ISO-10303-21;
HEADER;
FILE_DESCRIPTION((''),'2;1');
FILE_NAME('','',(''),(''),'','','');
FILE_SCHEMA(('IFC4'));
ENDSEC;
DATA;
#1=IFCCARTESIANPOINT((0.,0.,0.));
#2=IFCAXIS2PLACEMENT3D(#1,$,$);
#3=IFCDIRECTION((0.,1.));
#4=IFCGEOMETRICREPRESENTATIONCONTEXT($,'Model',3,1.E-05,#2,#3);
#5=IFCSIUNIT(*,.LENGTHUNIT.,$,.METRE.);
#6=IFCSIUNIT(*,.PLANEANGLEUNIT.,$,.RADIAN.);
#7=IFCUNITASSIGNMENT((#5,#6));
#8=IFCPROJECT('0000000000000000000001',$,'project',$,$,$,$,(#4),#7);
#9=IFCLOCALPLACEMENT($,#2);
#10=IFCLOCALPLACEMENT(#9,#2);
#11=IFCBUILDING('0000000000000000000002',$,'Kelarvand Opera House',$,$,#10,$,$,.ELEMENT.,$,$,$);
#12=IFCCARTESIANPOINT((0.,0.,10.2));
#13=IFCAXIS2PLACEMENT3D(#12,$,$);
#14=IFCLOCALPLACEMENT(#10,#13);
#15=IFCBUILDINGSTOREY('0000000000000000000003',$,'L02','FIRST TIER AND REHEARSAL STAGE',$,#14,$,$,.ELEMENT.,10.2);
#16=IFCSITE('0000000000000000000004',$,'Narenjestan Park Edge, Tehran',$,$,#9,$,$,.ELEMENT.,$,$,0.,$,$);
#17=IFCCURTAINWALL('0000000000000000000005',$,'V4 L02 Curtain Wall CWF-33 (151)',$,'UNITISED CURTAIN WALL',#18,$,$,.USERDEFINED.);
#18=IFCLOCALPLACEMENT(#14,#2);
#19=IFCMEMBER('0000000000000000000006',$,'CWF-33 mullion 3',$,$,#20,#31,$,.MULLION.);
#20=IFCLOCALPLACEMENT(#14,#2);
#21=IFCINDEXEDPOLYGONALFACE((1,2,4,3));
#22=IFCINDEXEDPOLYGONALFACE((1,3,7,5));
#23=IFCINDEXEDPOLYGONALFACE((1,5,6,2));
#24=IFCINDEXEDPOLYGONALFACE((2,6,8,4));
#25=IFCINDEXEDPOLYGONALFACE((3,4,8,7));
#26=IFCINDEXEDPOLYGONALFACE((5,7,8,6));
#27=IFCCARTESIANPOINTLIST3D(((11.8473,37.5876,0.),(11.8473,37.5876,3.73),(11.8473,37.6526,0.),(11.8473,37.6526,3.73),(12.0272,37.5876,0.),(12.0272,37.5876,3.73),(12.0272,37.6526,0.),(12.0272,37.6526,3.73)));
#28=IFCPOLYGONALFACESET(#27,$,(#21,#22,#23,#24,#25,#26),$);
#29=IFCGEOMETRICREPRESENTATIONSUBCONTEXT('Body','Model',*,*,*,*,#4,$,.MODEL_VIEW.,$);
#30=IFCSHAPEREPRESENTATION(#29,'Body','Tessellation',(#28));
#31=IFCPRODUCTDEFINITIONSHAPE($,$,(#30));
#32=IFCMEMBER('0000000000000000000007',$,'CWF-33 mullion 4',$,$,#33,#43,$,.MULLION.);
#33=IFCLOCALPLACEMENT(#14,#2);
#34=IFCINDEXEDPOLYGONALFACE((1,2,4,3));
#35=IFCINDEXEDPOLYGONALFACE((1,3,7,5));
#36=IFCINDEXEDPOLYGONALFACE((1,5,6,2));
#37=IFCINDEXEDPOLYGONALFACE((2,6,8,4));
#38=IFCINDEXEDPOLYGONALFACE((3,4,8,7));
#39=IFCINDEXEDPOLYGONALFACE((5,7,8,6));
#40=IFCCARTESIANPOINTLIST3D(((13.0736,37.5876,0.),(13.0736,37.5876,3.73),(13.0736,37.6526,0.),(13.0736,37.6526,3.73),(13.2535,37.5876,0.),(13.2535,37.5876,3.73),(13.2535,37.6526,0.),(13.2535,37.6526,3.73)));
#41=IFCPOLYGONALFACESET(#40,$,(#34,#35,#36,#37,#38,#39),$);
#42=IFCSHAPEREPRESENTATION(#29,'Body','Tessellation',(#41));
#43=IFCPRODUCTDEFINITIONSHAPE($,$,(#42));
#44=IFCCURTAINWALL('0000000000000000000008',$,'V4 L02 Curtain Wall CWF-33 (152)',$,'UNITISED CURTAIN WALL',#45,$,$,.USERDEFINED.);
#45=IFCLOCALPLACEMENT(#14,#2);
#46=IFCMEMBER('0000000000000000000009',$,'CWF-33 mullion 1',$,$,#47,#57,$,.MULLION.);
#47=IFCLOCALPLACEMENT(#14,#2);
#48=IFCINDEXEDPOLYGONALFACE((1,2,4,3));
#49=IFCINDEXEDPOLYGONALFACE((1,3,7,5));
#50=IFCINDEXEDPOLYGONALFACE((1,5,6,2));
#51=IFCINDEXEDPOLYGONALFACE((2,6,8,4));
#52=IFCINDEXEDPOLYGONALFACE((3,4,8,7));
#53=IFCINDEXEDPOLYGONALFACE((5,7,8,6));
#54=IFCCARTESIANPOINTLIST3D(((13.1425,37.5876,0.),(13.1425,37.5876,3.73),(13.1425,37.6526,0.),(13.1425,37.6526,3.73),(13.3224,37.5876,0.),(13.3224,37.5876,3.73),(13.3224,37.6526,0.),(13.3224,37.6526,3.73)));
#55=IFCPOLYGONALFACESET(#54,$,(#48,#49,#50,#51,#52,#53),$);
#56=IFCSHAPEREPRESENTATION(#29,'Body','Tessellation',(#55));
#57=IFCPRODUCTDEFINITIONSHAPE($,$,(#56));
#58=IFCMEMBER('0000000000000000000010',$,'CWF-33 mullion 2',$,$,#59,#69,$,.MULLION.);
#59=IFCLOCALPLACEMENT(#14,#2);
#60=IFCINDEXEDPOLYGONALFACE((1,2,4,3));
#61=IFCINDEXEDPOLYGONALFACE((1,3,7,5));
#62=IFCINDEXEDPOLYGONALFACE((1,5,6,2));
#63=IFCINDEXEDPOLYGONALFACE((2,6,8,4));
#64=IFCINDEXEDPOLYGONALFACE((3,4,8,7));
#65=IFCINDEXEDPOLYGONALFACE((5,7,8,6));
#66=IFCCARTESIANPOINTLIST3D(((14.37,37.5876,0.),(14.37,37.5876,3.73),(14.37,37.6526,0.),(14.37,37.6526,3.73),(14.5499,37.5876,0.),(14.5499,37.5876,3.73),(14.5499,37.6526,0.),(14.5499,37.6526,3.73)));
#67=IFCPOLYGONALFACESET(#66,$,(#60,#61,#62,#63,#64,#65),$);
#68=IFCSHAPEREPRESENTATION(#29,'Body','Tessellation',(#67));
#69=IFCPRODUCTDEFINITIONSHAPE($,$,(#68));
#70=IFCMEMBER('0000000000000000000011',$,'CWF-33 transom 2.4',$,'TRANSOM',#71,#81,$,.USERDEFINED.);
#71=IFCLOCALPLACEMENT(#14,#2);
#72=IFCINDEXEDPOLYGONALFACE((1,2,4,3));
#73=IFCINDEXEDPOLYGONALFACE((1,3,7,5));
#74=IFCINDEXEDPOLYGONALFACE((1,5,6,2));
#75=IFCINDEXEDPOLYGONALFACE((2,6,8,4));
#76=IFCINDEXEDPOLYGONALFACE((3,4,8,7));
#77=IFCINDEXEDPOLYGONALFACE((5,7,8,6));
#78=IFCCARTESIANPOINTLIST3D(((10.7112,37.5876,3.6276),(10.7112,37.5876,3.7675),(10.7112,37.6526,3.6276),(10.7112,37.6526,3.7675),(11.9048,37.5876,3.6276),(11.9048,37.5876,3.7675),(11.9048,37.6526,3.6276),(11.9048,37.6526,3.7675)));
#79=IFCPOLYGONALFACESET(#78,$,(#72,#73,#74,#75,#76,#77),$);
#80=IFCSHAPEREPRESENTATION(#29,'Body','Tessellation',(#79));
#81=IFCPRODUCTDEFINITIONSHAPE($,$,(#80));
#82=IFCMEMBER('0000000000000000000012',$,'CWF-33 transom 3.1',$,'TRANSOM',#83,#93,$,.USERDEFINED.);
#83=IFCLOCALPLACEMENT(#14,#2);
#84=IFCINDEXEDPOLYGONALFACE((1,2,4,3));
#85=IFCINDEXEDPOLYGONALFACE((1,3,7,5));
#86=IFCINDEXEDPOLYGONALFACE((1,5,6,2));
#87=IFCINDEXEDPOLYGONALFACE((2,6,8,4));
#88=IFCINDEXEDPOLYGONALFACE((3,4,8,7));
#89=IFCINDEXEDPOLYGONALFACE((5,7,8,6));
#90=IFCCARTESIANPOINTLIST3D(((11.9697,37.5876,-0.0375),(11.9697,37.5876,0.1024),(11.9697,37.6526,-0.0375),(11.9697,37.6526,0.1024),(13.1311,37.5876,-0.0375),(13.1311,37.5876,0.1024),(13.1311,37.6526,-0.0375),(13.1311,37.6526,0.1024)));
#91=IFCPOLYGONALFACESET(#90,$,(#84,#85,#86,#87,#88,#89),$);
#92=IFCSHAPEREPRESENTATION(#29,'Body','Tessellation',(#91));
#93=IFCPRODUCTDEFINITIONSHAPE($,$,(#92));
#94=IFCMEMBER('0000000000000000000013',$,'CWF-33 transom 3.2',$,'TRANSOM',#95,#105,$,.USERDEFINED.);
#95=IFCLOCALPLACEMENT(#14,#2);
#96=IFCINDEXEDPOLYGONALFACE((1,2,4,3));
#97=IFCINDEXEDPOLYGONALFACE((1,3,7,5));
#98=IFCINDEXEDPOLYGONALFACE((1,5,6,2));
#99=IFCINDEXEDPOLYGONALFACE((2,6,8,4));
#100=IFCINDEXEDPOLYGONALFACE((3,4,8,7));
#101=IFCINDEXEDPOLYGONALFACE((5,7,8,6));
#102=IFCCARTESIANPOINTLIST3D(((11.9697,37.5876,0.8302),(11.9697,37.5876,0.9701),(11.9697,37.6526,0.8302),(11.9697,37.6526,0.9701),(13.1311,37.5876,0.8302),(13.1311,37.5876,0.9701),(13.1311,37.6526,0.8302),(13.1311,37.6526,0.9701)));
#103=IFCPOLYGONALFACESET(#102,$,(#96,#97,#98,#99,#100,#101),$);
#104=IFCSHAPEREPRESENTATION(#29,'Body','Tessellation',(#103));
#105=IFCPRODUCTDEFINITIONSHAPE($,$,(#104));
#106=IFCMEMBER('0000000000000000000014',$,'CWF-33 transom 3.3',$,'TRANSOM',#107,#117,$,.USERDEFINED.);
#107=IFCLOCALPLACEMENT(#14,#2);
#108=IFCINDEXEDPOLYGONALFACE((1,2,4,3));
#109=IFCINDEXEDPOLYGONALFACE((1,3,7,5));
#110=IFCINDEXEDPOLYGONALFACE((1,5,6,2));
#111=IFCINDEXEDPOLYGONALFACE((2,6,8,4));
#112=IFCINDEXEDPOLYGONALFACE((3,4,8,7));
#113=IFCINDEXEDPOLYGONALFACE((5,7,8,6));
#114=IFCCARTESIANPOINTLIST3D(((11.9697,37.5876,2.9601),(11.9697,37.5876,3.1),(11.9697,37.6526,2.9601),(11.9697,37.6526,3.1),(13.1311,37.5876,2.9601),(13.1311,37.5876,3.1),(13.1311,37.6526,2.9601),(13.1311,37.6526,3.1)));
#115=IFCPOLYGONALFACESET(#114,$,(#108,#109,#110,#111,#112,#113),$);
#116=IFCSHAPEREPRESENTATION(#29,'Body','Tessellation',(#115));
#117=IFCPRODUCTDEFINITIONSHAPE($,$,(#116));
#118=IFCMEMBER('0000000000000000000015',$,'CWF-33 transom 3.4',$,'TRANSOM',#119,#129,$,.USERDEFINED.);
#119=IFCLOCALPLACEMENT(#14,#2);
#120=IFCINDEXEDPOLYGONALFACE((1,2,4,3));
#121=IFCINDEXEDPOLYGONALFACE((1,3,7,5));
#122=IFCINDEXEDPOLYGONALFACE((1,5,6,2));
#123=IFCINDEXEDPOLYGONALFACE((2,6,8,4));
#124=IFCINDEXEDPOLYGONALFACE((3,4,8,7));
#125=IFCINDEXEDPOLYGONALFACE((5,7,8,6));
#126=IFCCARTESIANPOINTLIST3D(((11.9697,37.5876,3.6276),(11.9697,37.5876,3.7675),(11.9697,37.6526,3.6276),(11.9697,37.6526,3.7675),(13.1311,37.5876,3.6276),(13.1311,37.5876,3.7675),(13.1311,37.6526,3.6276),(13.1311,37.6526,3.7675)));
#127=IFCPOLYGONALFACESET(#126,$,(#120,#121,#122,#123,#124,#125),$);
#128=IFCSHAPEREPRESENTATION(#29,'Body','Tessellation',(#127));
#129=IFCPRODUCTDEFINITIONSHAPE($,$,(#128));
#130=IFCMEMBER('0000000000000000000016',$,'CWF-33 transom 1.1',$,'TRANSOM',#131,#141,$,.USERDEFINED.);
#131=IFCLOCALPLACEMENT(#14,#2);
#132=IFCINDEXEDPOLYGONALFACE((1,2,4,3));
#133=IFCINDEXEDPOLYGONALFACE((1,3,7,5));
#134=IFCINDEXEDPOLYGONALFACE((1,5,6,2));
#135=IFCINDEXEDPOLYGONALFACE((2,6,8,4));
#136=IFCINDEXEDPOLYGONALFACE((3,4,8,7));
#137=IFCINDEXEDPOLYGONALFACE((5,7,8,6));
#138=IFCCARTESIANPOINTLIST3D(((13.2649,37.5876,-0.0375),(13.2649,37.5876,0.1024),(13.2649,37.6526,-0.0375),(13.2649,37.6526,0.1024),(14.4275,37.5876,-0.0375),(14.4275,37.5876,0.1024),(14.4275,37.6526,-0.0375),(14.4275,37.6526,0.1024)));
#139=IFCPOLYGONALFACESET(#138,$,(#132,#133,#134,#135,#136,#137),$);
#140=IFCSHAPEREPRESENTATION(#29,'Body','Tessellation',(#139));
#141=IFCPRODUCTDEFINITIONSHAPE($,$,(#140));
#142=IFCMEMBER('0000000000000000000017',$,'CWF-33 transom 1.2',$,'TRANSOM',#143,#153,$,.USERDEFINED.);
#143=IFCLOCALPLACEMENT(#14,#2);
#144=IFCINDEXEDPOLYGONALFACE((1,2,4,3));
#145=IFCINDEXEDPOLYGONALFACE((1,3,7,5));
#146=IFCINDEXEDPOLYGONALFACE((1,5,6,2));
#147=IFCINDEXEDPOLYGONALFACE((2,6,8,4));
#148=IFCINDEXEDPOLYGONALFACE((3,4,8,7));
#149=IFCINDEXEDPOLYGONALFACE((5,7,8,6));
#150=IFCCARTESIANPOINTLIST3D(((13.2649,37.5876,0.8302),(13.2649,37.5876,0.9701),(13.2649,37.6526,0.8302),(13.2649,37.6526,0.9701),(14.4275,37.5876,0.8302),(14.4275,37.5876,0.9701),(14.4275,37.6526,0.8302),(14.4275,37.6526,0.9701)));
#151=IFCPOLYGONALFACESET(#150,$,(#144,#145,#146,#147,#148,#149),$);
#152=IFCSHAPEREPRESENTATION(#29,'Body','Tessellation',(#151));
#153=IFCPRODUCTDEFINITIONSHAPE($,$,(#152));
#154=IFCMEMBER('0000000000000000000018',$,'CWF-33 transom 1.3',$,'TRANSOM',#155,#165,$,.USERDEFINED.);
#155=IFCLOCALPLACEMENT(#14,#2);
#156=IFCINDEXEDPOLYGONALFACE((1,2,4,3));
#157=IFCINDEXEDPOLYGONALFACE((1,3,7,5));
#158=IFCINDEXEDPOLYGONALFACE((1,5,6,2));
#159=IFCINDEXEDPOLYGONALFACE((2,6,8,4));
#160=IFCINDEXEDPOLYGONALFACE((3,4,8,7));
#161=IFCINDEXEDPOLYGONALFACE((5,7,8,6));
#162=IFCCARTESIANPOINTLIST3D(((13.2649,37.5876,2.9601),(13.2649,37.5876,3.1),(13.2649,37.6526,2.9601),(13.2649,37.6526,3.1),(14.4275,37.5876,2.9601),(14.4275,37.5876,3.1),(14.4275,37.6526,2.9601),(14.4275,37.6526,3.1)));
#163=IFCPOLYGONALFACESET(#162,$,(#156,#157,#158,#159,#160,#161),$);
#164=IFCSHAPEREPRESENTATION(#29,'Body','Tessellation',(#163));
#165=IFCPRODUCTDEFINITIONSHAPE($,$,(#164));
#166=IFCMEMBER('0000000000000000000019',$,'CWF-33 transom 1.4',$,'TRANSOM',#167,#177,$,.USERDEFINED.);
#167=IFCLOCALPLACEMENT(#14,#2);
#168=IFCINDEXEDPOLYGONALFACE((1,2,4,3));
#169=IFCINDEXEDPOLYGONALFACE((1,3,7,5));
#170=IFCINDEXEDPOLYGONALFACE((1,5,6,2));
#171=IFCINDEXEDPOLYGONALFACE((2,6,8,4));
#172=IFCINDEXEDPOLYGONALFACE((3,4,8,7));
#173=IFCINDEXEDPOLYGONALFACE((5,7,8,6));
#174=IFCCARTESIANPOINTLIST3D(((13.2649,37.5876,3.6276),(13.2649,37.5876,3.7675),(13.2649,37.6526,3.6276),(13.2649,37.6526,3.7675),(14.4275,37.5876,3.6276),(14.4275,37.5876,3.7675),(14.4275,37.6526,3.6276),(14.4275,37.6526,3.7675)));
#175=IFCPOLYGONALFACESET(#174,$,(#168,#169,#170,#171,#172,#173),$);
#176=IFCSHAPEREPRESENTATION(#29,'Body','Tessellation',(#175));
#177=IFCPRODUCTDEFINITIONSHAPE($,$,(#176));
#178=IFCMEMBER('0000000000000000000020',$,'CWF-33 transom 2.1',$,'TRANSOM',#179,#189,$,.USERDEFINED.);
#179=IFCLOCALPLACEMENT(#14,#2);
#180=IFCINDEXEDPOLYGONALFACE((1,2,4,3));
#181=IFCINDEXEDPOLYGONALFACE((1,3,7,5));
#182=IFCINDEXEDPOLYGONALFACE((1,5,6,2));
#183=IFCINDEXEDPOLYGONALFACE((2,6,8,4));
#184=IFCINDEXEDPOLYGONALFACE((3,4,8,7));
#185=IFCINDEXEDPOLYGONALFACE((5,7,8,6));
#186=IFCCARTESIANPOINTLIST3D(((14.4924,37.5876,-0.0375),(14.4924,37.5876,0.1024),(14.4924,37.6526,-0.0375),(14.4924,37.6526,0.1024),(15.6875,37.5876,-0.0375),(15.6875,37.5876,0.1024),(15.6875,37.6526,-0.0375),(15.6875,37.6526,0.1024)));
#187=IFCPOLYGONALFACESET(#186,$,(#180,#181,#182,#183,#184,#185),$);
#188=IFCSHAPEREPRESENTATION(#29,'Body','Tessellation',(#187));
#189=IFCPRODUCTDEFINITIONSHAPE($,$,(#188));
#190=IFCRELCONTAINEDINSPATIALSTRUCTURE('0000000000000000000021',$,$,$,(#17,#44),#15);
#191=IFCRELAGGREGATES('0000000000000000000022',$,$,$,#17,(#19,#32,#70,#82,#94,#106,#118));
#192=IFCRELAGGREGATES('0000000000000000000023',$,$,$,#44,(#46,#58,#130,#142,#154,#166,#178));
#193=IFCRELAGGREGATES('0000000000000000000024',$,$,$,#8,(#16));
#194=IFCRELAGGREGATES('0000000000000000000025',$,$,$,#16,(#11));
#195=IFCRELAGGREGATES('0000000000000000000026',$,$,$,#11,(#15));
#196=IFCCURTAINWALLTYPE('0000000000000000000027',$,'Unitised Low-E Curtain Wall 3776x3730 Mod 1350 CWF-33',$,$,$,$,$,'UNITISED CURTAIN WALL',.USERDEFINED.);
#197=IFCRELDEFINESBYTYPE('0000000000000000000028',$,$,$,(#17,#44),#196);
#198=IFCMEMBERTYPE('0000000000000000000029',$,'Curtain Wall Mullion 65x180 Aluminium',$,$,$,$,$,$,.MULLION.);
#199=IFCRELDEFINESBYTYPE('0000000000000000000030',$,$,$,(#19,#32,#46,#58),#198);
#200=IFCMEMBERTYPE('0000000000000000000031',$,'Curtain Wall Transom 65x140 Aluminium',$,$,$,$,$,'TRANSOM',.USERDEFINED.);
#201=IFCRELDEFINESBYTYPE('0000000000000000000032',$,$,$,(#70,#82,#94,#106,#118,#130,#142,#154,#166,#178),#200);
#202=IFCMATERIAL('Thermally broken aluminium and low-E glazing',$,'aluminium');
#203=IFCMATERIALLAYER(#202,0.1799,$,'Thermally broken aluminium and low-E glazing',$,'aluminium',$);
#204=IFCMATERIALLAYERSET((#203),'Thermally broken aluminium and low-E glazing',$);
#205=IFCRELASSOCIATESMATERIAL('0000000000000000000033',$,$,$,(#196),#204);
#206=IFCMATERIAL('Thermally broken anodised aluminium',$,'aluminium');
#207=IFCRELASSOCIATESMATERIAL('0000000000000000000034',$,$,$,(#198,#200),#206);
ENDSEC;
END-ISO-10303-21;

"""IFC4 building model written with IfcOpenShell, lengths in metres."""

from ifc_helpers import new_model, si_unit, direction, frame, origin, origin_2d, place, context, subcontext, project, spatial, rectangle, extrude, material, layer, layer_set, material_profile, profile_set, type_object, element, aggregate, save


model = new_model("IFC4")

# Units and contexts
model_context = context("Model", 3, precision=1e-05, world=origin(), true_north=direction((0.0, 1.0)))
body_context = subcontext(model_context, "Body", "Model", "MODEL_VIEW")
ifc_project = project(units=[si_unit("LENGTHUNIT", "METRE"), si_unit("PLANEANGLEUNIT", "RADIAN")], contexts=[model_context])

# Site, building, storey
site_placement = place(None, origin())
site = spatial("IfcSite", under=ifc_project, at=site_placement, Name="Narenjestan Park Edge, Tehran", CompositionType="ELEMENT", RefElevation=0.0)
building_placement = place(site_placement, origin())
building = spatial("IfcBuilding", under=site, at=building_placement, Name="Kelarvand Opera House", CompositionType="ELEMENT")
storey_placement = place(building_placement, frame((0.0, 0.0, 10.2)))
storey = spatial("IfcBuildingStorey", under=building, at=storey_placement, Name="L02", Description="FIRST TIER AND REHEARSAL STAGE", CompositionType="ELEMENT", Elevation=10.2)

# Curtain walls, members
ifc_material_1 = material(Name="Thermally broken aluminium and low-E glazing", Category="aluminium")
ifc_layer_1 = layer(ifc_material_1, 0.1799, Name="Thermally broken aluminium and low-E glazing", Category="aluminium")
ifc_layer_set_1 = layer_set([ifc_layer_1], Name="Thermally broken aluminium and low-E glazing")
curtain_wall_type = type_object("IfcCurtainWallType", Name="Unitised Low-E Curtain Wall 3776x3730 Mod 1350 CWF-33", ElementType="UNITISED CURTAIN WALL", PredefinedType="USERDEFINED", material=ifc_layer_set_1)
curtain_wall_1_placement = place(storey_placement, origin())
curtain_wall_1 = element("IfcCurtainWall", 1, at=curtain_wall_1_placement, inside=storey, type_object=curtain_wall_type, Name="V4 L02 Curtain Wall CWF-33 (151)", ObjectType="UNITISED CURTAIN WALL", PredefinedType="USERDEFINED")
ifc_material_2 = material(Name="Thermally broken anodised aluminium", Category="aluminium")
ifc_material_profile_1 = material_profile(ifc_material_2, rectangle(XDim=0.0649, YDim=0.1799, at=origin_2d()), Name="ALU MULLION 65x180", Category="aluminium")
ifc_profile_set_1 = profile_set([ifc_material_profile_1], Name="Thermally broken anodised aluminium")
member_type_1 = type_object("IfcMemberType", Name="Curtain Wall Mullion 65x180 Aluminium", PredefinedType="MULLION", material=ifc_profile_set_1)
member_1_placement = place(storey_placement, frame((11.9373, 37.6201, 0.0), z_axis=(0.0, 0.0, 1.0), x_axis=(0.0, 1.0, 0.0)))
member_1 = element("IfcMember", 2, at=member_1_placement, type_object=member_type_1, Name="CWF-33 mullion 3", PredefinedType="MULLION", context=body_context, shape_type="SweptSolid", body=[
    extrude(rectangle(XDim=0.0649, YDim=0.1799, at=origin_2d()), origin(), (0.0, 0.0, 1.0), 3.73),
])
member_2_placement = place(storey_placement, frame((13.1636, 37.6201, 0.0), z_axis=(0.0, 0.0, 1.0), x_axis=(0.0, 1.0, 0.0)))
member_2 = element("IfcMember", 3, at=member_2_placement, type_object=member_type_1, Name="CWF-33 mullion 4", PredefinedType="MULLION", context=body_context, shape_type="SweptSolid", body=[
    extrude(rectangle(XDim=0.0649, YDim=0.1799, at=origin_2d()), origin(), (0.0, 0.0, 1.0), 3.73),
])
curtain_wall_2_placement = place(storey_placement, origin())
curtain_wall_2 = element("IfcCurtainWall", 4, at=curtain_wall_2_placement, inside=storey, type_object=curtain_wall_type, Name="V4 L02 Curtain Wall CWF-33 (152)", ObjectType="UNITISED CURTAIN WALL", PredefinedType="USERDEFINED")
member_3_placement = place(storey_placement, frame((13.2324, 37.6201, 0.0), z_axis=(0.0, 0.0, 1.0), x_axis=(0.0, 1.0, 0.0)))
member_3 = element("IfcMember", 5, at=member_3_placement, type_object=member_type_1, Name="CWF-33 mullion 1", PredefinedType="MULLION", context=body_context, shape_type="SweptSolid", body=[
    extrude(rectangle(XDim=0.0649, YDim=0.1799, at=origin_2d()), origin(), (0.0, 0.0, 1.0), 3.73),
])
member_4_placement = place(storey_placement, frame((14.46, 37.6201, 0.0), z_axis=(0.0, 0.0, 1.0), x_axis=(0.0, 1.0, 0.0)))
member_4 = element("IfcMember", 6, at=member_4_placement, type_object=member_type_1, Name="CWF-33 mullion 2", PredefinedType="MULLION", context=body_context, shape_type="SweptSolid", body=[
    extrude(rectangle(XDim=0.0649, YDim=0.1799, at=origin_2d()), origin(), (0.0, 0.0, 1.0), 3.73),
])

# Members
ifc_material_profile_2 = material_profile(ifc_material_2, rectangle(XDim=0.0649, YDim=0.1399, at=origin_2d()), Name="ALU TRANSOM 65x140", Category="aluminium")
ifc_profile_set_2 = profile_set([ifc_material_profile_2], Name="Thermally broken anodised aluminium")
member_type_2 = type_object("IfcMemberType", Name="Curtain Wall Transom 65x140 Aluminium", ElementType="TRANSOM", PredefinedType="USERDEFINED", material=ifc_profile_set_2)
member_5_placement = place(storey_placement, frame((10.7112, 37.6201, 3.6975), z_axis=(1.0, 0.0, 0.0), x_axis=(0.0, 1.0, 0.0)))
member_5 = element("IfcMember", 7, at=member_5_placement, type_object=member_type_2, Name="CWF-33 transom 2.4", ObjectType="TRANSOM", PredefinedType="USERDEFINED", context=body_context, shape_type="SweptSolid", body=[
    extrude(rectangle(XDim=0.0649, YDim=0.1399, at=origin_2d()), origin(), (0.0, 0.0, 1.0), 1.1936),
])
member_6_placement = place(storey_placement, frame((11.9697, 37.6201, 0.0325), z_axis=(1.0, 0.0, 0.0), x_axis=(0.0, 1.0, 0.0)))
member_6 = element("IfcMember", 8, at=member_6_placement, type_object=member_type_2, Name="CWF-33 transom 3.1", ObjectType="TRANSOM", PredefinedType="USERDEFINED", context=body_context, shape_type="SweptSolid", body=[
    extrude(rectangle(XDim=0.0649, YDim=0.1399, at=origin_2d()), origin(), (0.0, 0.0, 1.0), 1.1614),
])
member_7_placement = place(storey_placement, frame((11.9697, 37.6201, 0.9001), z_axis=(1.0, 0.0, 0.0), x_axis=(0.0, 1.0, 0.0)))
member_7 = element("IfcMember", 9, at=member_7_placement, type_object=member_type_2, Name="CWF-33 transom 3.2", ObjectType="TRANSOM", PredefinedType="USERDEFINED", context=body_context, shape_type="SweptSolid", body=[
    extrude(rectangle(XDim=0.0649, YDim=0.1399, at=origin_2d()), origin(), (0.0, 0.0, 1.0), 1.1614),
])
member_8_placement = place(storey_placement, frame((11.9697, 37.6201, 3.03), z_axis=(1.0, 0.0, 0.0), x_axis=(0.0, 1.0, 0.0)))
member_8 = element("IfcMember", 10, at=member_8_placement, type_object=member_type_2, Name="CWF-33 transom 3.3", ObjectType="TRANSOM", PredefinedType="USERDEFINED", context=body_context, shape_type="SweptSolid", body=[
    extrude(rectangle(XDim=0.0649, YDim=0.1399, at=origin_2d()), origin(), (0.0, 0.0, 1.0), 1.1614),
])
member_9_placement = place(storey_placement, frame((11.9697, 37.6201, 3.6975), z_axis=(1.0, 0.0, 0.0), x_axis=(0.0, 1.0, 0.0)))
member_9 = element("IfcMember", 11, at=member_9_placement, type_object=member_type_2, Name="CWF-33 transom 3.4", ObjectType="TRANSOM", PredefinedType="USERDEFINED", context=body_context, shape_type="SweptSolid", body=[
    extrude(rectangle(XDim=0.0649, YDim=0.1399, at=origin_2d()), origin(), (0.0, 0.0, 1.0), 1.1614),
])
member_10_placement = place(storey_placement, frame((13.2649, 37.6201, 0.0325), z_axis=(1.0, 0.0, 0.0), x_axis=(0.0, 1.0, 0.0)))
member_10 = element("IfcMember", 12, at=member_10_placement, type_object=member_type_2, Name="CWF-33 transom 1.1", ObjectType="TRANSOM", PredefinedType="USERDEFINED", context=body_context, shape_type="SweptSolid", body=[
    extrude(rectangle(XDim=0.0649, YDim=0.1399, at=origin_2d()), origin(), (0.0, 0.0, 1.0), 1.1626),
])
member_11_placement = place(storey_placement, frame((13.2649, 37.6201, 0.9001), z_axis=(1.0, 0.0, 0.0), x_axis=(0.0, 1.0, 0.0)))
member_11 = element("IfcMember", 13, at=member_11_placement, type_object=member_type_2, Name="CWF-33 transom 1.2", ObjectType="TRANSOM", PredefinedType="USERDEFINED", context=body_context, shape_type="SweptSolid", body=[
    extrude(rectangle(XDim=0.0649, YDim=0.1399, at=origin_2d()), origin(), (0.0, 0.0, 1.0), 1.1626),
])
member_12_placement = place(storey_placement, frame((13.2649, 37.6201, 3.03), z_axis=(1.0, 0.0, 0.0), x_axis=(0.0, 1.0, 0.0)))
member_12 = element("IfcMember", 14, at=member_12_placement, type_object=member_type_2, Name="CWF-33 transom 1.3", ObjectType="TRANSOM", PredefinedType="USERDEFINED", context=body_context, shape_type="SweptSolid", body=[
    extrude(rectangle(XDim=0.0649, YDim=0.1399, at=origin_2d()), origin(), (0.0, 0.0, 1.0), 1.1626),
])
member_13_placement = place(storey_placement, frame((13.2649, 37.6201, 3.6975), z_axis=(1.0, 0.0, 0.0), x_axis=(0.0, 1.0, 0.0)))
member_13 = element("IfcMember", 15, at=member_13_placement, type_object=member_type_2, Name="CWF-33 transom 1.4", ObjectType="TRANSOM", PredefinedType="USERDEFINED", context=body_context, shape_type="SweptSolid", body=[
    extrude(rectangle(XDim=0.0649, YDim=0.1399, at=origin_2d()), origin(), (0.0, 0.0, 1.0), 1.1626),
])
member_14_placement = place(storey_placement, frame((14.4924, 37.6201, 0.0325), z_axis=(1.0, 0.0, 0.0), x_axis=(0.0, 1.0, 0.0)))
member_14 = element("IfcMember", 16, at=member_14_placement, type_object=member_type_2, Name="CWF-33 transom 2.1", ObjectType="TRANSOM", PredefinedType="USERDEFINED", context=body_context, shape_type="SweptSolid", body=[
    extrude(rectangle(XDim=0.0649, YDim=0.1399, at=origin_2d()), origin(), (0.0, 0.0, 1.0), 1.1951),
])

aggregate(curtain_wall_1, [member_1, member_2, member_5, member_6, member_7, member_8, member_9])
aggregate(curtain_wall_2, [member_3, member_4, member_10, member_11, member_12, member_13, member_14])

save(model, "model.ifc")
